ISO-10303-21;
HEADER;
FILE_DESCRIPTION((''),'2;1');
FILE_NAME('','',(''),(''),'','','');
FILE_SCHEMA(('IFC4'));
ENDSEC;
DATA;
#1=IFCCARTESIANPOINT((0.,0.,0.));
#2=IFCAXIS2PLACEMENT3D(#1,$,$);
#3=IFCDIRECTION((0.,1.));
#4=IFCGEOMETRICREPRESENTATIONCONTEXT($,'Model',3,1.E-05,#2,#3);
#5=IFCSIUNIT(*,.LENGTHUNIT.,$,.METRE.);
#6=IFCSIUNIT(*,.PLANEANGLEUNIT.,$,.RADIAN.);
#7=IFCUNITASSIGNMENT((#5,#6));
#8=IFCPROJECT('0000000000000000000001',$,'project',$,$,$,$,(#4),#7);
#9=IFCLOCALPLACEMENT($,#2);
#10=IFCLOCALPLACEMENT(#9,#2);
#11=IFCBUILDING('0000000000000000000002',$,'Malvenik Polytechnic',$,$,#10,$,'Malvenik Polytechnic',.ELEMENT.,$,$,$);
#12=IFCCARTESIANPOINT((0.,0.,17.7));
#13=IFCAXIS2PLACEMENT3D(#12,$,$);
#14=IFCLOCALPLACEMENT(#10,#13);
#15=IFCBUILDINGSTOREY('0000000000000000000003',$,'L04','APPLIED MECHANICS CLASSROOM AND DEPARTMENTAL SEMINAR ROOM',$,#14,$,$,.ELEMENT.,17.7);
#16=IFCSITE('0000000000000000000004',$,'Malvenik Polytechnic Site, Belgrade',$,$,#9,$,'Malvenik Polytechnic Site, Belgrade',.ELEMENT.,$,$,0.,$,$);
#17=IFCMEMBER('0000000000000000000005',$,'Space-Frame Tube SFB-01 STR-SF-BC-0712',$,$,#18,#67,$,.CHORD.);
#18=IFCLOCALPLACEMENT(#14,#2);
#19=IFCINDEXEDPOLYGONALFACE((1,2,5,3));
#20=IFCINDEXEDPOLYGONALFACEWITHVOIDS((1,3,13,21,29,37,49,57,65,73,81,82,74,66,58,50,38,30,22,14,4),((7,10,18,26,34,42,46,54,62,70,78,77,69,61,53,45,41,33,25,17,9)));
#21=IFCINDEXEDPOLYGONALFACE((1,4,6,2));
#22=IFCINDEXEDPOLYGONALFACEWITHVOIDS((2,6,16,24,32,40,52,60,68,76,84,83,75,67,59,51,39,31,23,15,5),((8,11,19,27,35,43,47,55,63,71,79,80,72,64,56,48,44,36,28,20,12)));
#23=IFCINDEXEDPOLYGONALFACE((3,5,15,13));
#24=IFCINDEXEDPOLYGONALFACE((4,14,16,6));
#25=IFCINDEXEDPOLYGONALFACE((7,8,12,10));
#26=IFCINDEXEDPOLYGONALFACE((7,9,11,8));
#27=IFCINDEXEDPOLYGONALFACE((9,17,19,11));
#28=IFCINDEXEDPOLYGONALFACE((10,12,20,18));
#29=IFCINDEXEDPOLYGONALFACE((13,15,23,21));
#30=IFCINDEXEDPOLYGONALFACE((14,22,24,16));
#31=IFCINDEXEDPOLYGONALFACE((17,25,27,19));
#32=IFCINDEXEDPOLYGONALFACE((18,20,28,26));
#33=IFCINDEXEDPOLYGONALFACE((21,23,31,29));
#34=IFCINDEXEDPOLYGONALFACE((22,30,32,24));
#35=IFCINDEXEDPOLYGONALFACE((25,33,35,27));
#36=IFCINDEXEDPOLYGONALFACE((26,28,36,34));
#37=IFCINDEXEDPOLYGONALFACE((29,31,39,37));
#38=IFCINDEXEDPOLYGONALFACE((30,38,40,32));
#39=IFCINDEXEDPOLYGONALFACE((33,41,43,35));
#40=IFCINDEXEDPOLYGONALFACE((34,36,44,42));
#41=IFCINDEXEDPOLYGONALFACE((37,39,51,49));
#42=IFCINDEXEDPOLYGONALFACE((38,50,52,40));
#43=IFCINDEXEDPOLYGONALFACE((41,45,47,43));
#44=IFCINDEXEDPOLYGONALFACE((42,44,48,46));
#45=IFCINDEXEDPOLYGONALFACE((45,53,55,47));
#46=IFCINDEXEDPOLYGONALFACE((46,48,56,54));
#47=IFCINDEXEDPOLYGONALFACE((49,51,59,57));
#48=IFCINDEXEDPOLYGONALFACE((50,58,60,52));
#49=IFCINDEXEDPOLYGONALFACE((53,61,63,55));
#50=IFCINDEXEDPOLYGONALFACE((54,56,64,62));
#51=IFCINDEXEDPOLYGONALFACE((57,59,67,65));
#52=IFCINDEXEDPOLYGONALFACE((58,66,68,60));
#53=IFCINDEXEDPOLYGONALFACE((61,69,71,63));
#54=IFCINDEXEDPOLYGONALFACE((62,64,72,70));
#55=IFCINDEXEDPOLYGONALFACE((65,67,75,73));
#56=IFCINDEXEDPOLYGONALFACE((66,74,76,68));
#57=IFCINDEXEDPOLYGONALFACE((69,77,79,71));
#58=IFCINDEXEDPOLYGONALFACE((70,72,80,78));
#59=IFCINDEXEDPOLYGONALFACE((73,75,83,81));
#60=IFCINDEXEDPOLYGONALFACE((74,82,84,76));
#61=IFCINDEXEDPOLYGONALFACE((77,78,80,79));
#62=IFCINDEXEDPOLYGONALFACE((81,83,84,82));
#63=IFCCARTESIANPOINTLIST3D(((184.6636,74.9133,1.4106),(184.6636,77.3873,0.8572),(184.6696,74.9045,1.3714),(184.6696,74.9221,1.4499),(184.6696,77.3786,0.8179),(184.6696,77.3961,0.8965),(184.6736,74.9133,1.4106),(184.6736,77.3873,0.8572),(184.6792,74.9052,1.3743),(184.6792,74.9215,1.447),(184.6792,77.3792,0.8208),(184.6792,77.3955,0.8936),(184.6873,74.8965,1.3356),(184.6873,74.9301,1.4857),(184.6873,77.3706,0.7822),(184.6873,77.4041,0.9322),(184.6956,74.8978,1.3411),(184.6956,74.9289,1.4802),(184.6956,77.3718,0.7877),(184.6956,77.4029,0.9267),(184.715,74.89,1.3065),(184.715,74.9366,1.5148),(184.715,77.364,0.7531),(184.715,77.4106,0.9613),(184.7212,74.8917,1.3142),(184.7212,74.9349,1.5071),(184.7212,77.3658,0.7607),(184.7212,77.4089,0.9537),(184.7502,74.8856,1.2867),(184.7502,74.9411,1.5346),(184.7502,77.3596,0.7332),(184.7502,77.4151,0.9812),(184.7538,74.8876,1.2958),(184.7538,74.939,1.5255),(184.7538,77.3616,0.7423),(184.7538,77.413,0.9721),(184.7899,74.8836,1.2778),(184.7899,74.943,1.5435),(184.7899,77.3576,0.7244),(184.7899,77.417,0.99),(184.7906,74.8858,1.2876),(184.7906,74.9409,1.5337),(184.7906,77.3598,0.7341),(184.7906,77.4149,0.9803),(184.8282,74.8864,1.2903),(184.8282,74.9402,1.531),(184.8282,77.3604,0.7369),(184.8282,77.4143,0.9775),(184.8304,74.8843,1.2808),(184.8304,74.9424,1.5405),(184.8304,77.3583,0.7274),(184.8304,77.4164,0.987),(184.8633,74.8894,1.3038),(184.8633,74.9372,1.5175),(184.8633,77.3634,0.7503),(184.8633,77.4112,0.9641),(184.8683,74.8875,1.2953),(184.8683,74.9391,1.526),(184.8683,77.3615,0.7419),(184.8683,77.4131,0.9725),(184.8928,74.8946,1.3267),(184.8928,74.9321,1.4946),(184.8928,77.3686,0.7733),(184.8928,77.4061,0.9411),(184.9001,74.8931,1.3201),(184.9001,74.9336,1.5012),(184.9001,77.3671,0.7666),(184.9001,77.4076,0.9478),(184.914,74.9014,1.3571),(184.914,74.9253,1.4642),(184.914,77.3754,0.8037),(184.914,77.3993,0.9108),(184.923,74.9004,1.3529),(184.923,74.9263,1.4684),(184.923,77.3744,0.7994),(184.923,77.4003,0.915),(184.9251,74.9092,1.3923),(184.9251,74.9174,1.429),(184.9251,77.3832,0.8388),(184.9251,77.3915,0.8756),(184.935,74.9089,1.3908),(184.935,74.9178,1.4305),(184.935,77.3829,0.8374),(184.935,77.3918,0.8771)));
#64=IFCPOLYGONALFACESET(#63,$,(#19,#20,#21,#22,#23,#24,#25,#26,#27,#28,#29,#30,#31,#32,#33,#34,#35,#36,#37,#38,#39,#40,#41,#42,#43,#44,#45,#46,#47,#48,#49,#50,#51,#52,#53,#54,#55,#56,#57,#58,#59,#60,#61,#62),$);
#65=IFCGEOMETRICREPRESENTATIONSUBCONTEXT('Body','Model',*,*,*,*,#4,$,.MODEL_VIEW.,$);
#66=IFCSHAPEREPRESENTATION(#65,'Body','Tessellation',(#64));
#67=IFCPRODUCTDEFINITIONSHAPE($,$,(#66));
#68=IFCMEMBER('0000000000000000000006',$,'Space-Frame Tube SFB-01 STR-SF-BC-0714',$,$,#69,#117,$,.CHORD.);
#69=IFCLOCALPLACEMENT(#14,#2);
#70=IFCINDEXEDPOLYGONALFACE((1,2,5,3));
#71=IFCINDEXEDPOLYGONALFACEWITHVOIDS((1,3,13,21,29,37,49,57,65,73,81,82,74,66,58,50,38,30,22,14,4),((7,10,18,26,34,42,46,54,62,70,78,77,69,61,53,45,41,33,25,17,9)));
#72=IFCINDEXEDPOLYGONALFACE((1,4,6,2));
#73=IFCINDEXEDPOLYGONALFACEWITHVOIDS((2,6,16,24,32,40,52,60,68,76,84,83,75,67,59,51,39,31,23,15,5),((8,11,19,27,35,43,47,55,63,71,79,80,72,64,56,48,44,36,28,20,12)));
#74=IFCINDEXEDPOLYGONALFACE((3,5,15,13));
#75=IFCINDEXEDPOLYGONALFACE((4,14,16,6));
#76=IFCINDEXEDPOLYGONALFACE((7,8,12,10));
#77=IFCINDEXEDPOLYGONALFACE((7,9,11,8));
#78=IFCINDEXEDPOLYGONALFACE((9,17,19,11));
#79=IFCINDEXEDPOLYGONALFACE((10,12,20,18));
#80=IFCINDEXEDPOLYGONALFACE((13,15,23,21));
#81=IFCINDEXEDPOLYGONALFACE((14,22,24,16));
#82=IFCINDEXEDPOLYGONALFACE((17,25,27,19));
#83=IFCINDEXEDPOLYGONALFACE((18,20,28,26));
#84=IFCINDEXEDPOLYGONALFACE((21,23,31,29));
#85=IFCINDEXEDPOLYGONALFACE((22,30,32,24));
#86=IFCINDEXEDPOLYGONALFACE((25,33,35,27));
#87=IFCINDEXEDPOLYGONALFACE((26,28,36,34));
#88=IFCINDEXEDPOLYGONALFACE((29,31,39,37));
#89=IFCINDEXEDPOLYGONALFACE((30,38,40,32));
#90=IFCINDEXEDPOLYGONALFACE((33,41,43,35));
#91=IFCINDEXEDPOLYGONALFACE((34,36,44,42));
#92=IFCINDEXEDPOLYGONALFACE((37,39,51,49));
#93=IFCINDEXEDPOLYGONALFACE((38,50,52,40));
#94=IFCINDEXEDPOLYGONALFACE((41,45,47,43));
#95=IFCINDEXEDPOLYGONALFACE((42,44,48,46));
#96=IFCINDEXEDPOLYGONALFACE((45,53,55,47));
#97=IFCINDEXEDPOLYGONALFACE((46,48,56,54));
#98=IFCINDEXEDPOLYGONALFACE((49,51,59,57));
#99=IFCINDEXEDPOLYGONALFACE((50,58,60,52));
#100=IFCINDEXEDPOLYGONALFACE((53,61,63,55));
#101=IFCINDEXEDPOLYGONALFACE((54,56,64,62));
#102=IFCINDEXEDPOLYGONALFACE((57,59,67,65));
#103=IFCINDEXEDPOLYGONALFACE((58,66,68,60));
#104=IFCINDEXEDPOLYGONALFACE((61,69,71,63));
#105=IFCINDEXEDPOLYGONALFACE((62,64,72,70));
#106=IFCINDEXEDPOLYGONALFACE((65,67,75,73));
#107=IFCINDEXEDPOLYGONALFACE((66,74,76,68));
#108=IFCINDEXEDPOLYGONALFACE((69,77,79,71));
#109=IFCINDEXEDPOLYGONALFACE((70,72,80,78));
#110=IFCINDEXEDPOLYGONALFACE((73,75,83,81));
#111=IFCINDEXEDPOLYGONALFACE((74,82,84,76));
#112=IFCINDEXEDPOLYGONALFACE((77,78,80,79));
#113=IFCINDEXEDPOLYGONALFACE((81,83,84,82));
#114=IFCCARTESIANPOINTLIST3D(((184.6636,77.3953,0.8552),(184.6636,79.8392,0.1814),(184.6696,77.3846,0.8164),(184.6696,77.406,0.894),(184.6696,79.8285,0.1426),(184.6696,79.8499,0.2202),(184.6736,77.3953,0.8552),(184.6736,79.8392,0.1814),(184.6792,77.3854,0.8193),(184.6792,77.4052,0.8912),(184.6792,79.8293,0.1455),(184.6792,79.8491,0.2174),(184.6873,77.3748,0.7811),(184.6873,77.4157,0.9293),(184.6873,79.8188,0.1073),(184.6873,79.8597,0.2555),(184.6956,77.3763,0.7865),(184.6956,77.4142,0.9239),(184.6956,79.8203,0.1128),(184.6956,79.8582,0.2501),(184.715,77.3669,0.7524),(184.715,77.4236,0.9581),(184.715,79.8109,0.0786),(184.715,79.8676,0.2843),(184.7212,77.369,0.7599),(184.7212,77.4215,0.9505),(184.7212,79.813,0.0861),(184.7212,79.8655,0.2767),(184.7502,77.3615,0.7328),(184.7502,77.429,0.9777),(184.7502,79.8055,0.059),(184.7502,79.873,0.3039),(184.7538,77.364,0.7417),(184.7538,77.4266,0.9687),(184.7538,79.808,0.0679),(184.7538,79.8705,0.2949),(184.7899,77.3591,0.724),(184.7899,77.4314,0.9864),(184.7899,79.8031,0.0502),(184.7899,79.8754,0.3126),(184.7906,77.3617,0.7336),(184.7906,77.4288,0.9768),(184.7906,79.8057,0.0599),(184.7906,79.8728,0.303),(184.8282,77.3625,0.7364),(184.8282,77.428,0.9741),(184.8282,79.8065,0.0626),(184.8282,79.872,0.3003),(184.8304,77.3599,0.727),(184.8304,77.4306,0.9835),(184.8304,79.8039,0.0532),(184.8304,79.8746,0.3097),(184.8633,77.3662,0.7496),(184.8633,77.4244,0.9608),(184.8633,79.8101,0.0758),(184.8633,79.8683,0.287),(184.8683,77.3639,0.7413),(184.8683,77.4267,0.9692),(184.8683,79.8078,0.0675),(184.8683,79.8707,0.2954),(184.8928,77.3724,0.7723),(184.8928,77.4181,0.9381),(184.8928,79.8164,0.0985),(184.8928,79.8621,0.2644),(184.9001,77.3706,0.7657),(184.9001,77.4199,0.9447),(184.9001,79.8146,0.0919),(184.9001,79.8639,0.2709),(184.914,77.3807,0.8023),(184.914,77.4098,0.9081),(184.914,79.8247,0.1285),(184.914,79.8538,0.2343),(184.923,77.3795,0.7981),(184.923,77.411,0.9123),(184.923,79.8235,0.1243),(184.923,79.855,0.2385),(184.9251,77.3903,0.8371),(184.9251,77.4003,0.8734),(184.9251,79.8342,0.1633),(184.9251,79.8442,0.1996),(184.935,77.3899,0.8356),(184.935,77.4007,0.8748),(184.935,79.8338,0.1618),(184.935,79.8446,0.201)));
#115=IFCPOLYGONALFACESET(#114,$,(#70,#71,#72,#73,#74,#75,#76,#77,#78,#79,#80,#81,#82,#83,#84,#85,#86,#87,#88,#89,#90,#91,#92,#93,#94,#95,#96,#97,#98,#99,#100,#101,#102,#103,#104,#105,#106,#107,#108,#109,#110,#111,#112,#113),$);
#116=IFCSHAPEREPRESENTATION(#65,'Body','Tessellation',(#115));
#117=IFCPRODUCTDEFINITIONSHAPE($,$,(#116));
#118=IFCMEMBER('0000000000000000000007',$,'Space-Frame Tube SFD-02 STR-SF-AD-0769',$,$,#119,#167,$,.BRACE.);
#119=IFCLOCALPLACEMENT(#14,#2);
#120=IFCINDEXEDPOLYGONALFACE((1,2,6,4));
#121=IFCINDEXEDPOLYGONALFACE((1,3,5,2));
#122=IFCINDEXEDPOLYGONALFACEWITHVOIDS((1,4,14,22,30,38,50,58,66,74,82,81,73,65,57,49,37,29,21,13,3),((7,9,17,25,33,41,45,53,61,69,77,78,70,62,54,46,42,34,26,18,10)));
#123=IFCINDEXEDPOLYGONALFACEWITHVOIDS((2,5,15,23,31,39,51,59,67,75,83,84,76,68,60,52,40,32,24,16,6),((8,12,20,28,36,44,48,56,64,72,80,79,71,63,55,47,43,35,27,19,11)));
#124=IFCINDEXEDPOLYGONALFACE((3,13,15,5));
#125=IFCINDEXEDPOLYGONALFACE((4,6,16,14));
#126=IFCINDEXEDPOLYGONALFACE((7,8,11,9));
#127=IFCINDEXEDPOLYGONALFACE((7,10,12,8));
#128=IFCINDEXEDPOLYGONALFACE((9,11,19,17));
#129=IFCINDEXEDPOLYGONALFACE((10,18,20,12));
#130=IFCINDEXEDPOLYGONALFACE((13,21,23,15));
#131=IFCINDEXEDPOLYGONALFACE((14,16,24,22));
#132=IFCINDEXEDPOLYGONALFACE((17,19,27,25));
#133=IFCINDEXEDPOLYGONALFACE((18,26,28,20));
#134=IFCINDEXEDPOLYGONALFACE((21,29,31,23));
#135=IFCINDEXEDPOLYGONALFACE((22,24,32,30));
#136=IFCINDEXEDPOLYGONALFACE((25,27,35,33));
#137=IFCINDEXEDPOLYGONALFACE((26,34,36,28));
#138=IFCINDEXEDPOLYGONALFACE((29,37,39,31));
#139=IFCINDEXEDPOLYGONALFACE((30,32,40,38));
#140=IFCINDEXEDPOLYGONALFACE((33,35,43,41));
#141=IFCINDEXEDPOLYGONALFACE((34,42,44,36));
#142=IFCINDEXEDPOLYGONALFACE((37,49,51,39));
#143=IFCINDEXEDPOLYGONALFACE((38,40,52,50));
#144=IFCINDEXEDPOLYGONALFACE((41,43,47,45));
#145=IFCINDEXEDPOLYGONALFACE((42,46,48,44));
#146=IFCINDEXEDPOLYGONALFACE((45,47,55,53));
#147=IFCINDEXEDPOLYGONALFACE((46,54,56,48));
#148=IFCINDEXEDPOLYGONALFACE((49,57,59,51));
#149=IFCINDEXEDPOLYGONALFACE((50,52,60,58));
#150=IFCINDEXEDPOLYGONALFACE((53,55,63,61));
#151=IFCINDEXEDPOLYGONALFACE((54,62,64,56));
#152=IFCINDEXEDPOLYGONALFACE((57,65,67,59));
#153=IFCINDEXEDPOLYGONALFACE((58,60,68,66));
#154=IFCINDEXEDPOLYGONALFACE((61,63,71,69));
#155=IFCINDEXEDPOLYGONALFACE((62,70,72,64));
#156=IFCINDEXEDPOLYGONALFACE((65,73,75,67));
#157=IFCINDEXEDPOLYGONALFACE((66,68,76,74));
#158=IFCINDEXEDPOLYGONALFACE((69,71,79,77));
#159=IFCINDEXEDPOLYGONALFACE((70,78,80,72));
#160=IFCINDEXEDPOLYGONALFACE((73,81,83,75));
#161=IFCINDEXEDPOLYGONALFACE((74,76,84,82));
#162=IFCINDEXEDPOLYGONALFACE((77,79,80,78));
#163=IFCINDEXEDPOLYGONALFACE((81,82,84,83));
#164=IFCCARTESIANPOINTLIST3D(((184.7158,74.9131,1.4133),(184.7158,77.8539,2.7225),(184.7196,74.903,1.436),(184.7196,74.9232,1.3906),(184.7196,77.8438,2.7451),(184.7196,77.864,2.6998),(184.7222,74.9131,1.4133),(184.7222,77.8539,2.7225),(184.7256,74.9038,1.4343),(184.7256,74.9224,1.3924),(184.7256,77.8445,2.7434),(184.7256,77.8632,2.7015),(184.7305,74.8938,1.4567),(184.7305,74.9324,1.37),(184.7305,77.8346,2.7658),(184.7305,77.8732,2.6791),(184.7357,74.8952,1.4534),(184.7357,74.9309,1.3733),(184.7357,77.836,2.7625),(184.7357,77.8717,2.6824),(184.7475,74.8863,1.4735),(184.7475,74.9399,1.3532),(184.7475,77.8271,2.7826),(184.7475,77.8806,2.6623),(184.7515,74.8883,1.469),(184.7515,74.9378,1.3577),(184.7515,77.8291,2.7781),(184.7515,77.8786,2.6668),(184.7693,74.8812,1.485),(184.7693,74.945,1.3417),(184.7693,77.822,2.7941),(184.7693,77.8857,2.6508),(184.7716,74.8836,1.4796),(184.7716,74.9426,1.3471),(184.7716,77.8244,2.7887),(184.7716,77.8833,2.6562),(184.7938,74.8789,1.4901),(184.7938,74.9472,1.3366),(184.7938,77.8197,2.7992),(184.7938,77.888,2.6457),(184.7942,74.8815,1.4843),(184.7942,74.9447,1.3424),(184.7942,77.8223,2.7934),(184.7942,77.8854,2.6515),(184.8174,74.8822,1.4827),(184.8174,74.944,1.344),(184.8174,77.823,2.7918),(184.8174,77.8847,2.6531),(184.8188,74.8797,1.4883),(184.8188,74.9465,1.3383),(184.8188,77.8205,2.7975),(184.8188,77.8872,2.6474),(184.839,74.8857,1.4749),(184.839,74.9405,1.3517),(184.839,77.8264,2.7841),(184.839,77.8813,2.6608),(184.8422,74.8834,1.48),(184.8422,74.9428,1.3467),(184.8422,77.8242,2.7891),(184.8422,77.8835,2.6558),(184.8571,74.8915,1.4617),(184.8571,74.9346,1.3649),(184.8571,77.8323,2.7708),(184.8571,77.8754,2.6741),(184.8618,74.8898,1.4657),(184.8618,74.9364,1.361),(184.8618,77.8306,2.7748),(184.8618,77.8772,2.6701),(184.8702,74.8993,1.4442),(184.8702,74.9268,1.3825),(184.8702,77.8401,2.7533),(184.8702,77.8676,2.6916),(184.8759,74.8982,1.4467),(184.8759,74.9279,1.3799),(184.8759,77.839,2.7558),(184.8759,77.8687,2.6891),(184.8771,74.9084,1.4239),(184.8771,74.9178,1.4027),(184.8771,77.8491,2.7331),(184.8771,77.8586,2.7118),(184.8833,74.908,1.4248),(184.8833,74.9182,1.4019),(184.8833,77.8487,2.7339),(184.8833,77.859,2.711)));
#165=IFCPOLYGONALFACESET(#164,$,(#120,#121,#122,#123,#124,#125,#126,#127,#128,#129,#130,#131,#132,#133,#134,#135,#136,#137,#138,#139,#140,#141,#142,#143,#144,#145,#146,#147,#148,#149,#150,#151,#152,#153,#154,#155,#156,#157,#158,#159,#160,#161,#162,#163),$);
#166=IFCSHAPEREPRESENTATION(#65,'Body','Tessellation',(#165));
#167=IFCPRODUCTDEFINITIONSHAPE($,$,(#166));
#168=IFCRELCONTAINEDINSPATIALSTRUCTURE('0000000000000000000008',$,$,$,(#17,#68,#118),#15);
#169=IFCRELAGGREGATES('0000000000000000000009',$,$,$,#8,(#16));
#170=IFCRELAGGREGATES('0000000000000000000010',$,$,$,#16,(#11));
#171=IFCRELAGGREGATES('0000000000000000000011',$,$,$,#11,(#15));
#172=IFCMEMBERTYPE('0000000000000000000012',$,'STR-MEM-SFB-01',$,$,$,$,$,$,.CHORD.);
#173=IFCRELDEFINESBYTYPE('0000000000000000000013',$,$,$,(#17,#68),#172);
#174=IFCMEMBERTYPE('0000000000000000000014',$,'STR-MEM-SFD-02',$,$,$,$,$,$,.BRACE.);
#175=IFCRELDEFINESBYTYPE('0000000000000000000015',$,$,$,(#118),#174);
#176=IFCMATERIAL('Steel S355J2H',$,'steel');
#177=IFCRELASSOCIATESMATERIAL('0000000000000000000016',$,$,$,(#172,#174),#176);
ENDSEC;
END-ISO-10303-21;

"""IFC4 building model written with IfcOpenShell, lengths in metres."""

from ifc_helpers import new_model, si_unit, direction, frame, origin, origin_2d, place, context, subcontext, project, spatial, hollow_circle, extrude, material, material_profile, profile_set, type_object, element, save


model = new_model("IFC4")

# Units and contexts
model_context = context("Model", 3, precision=1e-05, world=origin(), true_north=direction((0.0, 1.0)))
body_context = subcontext(model_context, "Body", "Model", "MODEL_VIEW")
ifc_project = project(units=[si_unit("LENGTHUNIT", "METRE"), si_unit("PLANEANGLEUNIT", "RADIAN")], contexts=[model_context])

# Site, building, storey
site_placement = place(None, origin())
site = spatial("IfcSite", under=ifc_project, at=site_placement, Name="Malvenik Polytechnic Site, Belgrade", LongName="Malvenik Polytechnic Site, Belgrade", CompositionType="ELEMENT", RefElevation=0.0)
building_placement = place(site_placement, origin())
building = spatial("IfcBuilding", under=site, at=building_placement, Name="Malvenik Polytechnic", LongName="Malvenik Polytechnic", CompositionType="ELEMENT")
storey_placement = place(building_placement, frame((0.0, 0.0, 17.7)))
storey = spatial("IfcBuildingStorey", under=building, at=storey_placement, Name="L04", Description="APPLIED MECHANICS CLASSROOM AND DEPARTMENTAL SEMINAR ROOM", CompositionType="ELEMENT", Elevation=17.7)

# Members
ifc_material = material(Name="Steel S355J2H", Category="steel")
ifc_material_profile_1 = material_profile(ifc_material, hollow_circle(Radius=0.1365, WallThickness=0.01, at=origin_2d()), Name="CHS 273.0x10.0")
ifc_profile_set_1 = profile_set([ifc_material_profile_1], Name="Steel S355J2H")
member_type_1 = type_object("IfcMemberType", Name="STR-MEM-SFB-01", PredefinedType="CHORD", material=ifc_profile_set_1)
for number, where, z_axis, x_axis, name in (
    (1, (184.8, 74.9133, 1.4106), (0.0, 0.97588, -0.218307), (-1.0, 0.0, 0.0), "Space-Frame Tube SFB-01 STR-SF-BC-0712"),
    (2, (184.8, 77.3953, 0.8552), (0.0, 0.964033, -0.265781), (-1.0, 0.0, 0.0), "Space-Frame Tube SFB-01 STR-SF-BC-0714"),
):
    element("IfcMember", number, at=place(storey_placement, frame(where, z_axis=z_axis, x_axis=x_axis)), inside=storey, type_object=member_type_1, Name=name, PredefinedType="CHORD", context=body_context, shape_type="SweptSolid", body=[
        extrude(hollow_circle(Radius=0.1365, WallThickness=0.01, at=origin_2d()), origin(), (0.0, 0.0, 1.0), 2.5352),
    ])
ifc_material_profile_2 = material_profile(ifc_material, hollow_circle(Radius=0.0842, WallThickness=0.0063, at=origin_2d()), Name="CHS 168.3x6.3")
ifc_profile_set_2 = profile_set([ifc_material_profile_2], Name="Steel S355J2H")
member_type_2 = type_object("IfcMemberType", Name="STR-MEM-SFD-02", PredefinedType="BRACE", material=ifc_profile_set_2)
for number, where, z_axis, x_axis, name in (
    (3, (184.8, 74.9131, 1.4133), (0.0, 0.913567, 0.406687), (-1.0, 0.0, 0.0), "Space-Frame Tube SFD-02 STR-SF-AD-0769"),
):
    element("IfcMember", number, at=place(storey_placement, frame(where, z_axis=z_axis, x_axis=x_axis)), inside=storey, type_object=member_type_2, Name=name, PredefinedType="BRACE", context=body_context, shape_type="SweptSolid", body=[
        extrude(hollow_circle(Radius=0.0842, WallThickness=0.0063, at=origin_2d()), origin(), (0.0, 0.0, 1.0), 3.219),
    ])

save(model, "model.ifc")
